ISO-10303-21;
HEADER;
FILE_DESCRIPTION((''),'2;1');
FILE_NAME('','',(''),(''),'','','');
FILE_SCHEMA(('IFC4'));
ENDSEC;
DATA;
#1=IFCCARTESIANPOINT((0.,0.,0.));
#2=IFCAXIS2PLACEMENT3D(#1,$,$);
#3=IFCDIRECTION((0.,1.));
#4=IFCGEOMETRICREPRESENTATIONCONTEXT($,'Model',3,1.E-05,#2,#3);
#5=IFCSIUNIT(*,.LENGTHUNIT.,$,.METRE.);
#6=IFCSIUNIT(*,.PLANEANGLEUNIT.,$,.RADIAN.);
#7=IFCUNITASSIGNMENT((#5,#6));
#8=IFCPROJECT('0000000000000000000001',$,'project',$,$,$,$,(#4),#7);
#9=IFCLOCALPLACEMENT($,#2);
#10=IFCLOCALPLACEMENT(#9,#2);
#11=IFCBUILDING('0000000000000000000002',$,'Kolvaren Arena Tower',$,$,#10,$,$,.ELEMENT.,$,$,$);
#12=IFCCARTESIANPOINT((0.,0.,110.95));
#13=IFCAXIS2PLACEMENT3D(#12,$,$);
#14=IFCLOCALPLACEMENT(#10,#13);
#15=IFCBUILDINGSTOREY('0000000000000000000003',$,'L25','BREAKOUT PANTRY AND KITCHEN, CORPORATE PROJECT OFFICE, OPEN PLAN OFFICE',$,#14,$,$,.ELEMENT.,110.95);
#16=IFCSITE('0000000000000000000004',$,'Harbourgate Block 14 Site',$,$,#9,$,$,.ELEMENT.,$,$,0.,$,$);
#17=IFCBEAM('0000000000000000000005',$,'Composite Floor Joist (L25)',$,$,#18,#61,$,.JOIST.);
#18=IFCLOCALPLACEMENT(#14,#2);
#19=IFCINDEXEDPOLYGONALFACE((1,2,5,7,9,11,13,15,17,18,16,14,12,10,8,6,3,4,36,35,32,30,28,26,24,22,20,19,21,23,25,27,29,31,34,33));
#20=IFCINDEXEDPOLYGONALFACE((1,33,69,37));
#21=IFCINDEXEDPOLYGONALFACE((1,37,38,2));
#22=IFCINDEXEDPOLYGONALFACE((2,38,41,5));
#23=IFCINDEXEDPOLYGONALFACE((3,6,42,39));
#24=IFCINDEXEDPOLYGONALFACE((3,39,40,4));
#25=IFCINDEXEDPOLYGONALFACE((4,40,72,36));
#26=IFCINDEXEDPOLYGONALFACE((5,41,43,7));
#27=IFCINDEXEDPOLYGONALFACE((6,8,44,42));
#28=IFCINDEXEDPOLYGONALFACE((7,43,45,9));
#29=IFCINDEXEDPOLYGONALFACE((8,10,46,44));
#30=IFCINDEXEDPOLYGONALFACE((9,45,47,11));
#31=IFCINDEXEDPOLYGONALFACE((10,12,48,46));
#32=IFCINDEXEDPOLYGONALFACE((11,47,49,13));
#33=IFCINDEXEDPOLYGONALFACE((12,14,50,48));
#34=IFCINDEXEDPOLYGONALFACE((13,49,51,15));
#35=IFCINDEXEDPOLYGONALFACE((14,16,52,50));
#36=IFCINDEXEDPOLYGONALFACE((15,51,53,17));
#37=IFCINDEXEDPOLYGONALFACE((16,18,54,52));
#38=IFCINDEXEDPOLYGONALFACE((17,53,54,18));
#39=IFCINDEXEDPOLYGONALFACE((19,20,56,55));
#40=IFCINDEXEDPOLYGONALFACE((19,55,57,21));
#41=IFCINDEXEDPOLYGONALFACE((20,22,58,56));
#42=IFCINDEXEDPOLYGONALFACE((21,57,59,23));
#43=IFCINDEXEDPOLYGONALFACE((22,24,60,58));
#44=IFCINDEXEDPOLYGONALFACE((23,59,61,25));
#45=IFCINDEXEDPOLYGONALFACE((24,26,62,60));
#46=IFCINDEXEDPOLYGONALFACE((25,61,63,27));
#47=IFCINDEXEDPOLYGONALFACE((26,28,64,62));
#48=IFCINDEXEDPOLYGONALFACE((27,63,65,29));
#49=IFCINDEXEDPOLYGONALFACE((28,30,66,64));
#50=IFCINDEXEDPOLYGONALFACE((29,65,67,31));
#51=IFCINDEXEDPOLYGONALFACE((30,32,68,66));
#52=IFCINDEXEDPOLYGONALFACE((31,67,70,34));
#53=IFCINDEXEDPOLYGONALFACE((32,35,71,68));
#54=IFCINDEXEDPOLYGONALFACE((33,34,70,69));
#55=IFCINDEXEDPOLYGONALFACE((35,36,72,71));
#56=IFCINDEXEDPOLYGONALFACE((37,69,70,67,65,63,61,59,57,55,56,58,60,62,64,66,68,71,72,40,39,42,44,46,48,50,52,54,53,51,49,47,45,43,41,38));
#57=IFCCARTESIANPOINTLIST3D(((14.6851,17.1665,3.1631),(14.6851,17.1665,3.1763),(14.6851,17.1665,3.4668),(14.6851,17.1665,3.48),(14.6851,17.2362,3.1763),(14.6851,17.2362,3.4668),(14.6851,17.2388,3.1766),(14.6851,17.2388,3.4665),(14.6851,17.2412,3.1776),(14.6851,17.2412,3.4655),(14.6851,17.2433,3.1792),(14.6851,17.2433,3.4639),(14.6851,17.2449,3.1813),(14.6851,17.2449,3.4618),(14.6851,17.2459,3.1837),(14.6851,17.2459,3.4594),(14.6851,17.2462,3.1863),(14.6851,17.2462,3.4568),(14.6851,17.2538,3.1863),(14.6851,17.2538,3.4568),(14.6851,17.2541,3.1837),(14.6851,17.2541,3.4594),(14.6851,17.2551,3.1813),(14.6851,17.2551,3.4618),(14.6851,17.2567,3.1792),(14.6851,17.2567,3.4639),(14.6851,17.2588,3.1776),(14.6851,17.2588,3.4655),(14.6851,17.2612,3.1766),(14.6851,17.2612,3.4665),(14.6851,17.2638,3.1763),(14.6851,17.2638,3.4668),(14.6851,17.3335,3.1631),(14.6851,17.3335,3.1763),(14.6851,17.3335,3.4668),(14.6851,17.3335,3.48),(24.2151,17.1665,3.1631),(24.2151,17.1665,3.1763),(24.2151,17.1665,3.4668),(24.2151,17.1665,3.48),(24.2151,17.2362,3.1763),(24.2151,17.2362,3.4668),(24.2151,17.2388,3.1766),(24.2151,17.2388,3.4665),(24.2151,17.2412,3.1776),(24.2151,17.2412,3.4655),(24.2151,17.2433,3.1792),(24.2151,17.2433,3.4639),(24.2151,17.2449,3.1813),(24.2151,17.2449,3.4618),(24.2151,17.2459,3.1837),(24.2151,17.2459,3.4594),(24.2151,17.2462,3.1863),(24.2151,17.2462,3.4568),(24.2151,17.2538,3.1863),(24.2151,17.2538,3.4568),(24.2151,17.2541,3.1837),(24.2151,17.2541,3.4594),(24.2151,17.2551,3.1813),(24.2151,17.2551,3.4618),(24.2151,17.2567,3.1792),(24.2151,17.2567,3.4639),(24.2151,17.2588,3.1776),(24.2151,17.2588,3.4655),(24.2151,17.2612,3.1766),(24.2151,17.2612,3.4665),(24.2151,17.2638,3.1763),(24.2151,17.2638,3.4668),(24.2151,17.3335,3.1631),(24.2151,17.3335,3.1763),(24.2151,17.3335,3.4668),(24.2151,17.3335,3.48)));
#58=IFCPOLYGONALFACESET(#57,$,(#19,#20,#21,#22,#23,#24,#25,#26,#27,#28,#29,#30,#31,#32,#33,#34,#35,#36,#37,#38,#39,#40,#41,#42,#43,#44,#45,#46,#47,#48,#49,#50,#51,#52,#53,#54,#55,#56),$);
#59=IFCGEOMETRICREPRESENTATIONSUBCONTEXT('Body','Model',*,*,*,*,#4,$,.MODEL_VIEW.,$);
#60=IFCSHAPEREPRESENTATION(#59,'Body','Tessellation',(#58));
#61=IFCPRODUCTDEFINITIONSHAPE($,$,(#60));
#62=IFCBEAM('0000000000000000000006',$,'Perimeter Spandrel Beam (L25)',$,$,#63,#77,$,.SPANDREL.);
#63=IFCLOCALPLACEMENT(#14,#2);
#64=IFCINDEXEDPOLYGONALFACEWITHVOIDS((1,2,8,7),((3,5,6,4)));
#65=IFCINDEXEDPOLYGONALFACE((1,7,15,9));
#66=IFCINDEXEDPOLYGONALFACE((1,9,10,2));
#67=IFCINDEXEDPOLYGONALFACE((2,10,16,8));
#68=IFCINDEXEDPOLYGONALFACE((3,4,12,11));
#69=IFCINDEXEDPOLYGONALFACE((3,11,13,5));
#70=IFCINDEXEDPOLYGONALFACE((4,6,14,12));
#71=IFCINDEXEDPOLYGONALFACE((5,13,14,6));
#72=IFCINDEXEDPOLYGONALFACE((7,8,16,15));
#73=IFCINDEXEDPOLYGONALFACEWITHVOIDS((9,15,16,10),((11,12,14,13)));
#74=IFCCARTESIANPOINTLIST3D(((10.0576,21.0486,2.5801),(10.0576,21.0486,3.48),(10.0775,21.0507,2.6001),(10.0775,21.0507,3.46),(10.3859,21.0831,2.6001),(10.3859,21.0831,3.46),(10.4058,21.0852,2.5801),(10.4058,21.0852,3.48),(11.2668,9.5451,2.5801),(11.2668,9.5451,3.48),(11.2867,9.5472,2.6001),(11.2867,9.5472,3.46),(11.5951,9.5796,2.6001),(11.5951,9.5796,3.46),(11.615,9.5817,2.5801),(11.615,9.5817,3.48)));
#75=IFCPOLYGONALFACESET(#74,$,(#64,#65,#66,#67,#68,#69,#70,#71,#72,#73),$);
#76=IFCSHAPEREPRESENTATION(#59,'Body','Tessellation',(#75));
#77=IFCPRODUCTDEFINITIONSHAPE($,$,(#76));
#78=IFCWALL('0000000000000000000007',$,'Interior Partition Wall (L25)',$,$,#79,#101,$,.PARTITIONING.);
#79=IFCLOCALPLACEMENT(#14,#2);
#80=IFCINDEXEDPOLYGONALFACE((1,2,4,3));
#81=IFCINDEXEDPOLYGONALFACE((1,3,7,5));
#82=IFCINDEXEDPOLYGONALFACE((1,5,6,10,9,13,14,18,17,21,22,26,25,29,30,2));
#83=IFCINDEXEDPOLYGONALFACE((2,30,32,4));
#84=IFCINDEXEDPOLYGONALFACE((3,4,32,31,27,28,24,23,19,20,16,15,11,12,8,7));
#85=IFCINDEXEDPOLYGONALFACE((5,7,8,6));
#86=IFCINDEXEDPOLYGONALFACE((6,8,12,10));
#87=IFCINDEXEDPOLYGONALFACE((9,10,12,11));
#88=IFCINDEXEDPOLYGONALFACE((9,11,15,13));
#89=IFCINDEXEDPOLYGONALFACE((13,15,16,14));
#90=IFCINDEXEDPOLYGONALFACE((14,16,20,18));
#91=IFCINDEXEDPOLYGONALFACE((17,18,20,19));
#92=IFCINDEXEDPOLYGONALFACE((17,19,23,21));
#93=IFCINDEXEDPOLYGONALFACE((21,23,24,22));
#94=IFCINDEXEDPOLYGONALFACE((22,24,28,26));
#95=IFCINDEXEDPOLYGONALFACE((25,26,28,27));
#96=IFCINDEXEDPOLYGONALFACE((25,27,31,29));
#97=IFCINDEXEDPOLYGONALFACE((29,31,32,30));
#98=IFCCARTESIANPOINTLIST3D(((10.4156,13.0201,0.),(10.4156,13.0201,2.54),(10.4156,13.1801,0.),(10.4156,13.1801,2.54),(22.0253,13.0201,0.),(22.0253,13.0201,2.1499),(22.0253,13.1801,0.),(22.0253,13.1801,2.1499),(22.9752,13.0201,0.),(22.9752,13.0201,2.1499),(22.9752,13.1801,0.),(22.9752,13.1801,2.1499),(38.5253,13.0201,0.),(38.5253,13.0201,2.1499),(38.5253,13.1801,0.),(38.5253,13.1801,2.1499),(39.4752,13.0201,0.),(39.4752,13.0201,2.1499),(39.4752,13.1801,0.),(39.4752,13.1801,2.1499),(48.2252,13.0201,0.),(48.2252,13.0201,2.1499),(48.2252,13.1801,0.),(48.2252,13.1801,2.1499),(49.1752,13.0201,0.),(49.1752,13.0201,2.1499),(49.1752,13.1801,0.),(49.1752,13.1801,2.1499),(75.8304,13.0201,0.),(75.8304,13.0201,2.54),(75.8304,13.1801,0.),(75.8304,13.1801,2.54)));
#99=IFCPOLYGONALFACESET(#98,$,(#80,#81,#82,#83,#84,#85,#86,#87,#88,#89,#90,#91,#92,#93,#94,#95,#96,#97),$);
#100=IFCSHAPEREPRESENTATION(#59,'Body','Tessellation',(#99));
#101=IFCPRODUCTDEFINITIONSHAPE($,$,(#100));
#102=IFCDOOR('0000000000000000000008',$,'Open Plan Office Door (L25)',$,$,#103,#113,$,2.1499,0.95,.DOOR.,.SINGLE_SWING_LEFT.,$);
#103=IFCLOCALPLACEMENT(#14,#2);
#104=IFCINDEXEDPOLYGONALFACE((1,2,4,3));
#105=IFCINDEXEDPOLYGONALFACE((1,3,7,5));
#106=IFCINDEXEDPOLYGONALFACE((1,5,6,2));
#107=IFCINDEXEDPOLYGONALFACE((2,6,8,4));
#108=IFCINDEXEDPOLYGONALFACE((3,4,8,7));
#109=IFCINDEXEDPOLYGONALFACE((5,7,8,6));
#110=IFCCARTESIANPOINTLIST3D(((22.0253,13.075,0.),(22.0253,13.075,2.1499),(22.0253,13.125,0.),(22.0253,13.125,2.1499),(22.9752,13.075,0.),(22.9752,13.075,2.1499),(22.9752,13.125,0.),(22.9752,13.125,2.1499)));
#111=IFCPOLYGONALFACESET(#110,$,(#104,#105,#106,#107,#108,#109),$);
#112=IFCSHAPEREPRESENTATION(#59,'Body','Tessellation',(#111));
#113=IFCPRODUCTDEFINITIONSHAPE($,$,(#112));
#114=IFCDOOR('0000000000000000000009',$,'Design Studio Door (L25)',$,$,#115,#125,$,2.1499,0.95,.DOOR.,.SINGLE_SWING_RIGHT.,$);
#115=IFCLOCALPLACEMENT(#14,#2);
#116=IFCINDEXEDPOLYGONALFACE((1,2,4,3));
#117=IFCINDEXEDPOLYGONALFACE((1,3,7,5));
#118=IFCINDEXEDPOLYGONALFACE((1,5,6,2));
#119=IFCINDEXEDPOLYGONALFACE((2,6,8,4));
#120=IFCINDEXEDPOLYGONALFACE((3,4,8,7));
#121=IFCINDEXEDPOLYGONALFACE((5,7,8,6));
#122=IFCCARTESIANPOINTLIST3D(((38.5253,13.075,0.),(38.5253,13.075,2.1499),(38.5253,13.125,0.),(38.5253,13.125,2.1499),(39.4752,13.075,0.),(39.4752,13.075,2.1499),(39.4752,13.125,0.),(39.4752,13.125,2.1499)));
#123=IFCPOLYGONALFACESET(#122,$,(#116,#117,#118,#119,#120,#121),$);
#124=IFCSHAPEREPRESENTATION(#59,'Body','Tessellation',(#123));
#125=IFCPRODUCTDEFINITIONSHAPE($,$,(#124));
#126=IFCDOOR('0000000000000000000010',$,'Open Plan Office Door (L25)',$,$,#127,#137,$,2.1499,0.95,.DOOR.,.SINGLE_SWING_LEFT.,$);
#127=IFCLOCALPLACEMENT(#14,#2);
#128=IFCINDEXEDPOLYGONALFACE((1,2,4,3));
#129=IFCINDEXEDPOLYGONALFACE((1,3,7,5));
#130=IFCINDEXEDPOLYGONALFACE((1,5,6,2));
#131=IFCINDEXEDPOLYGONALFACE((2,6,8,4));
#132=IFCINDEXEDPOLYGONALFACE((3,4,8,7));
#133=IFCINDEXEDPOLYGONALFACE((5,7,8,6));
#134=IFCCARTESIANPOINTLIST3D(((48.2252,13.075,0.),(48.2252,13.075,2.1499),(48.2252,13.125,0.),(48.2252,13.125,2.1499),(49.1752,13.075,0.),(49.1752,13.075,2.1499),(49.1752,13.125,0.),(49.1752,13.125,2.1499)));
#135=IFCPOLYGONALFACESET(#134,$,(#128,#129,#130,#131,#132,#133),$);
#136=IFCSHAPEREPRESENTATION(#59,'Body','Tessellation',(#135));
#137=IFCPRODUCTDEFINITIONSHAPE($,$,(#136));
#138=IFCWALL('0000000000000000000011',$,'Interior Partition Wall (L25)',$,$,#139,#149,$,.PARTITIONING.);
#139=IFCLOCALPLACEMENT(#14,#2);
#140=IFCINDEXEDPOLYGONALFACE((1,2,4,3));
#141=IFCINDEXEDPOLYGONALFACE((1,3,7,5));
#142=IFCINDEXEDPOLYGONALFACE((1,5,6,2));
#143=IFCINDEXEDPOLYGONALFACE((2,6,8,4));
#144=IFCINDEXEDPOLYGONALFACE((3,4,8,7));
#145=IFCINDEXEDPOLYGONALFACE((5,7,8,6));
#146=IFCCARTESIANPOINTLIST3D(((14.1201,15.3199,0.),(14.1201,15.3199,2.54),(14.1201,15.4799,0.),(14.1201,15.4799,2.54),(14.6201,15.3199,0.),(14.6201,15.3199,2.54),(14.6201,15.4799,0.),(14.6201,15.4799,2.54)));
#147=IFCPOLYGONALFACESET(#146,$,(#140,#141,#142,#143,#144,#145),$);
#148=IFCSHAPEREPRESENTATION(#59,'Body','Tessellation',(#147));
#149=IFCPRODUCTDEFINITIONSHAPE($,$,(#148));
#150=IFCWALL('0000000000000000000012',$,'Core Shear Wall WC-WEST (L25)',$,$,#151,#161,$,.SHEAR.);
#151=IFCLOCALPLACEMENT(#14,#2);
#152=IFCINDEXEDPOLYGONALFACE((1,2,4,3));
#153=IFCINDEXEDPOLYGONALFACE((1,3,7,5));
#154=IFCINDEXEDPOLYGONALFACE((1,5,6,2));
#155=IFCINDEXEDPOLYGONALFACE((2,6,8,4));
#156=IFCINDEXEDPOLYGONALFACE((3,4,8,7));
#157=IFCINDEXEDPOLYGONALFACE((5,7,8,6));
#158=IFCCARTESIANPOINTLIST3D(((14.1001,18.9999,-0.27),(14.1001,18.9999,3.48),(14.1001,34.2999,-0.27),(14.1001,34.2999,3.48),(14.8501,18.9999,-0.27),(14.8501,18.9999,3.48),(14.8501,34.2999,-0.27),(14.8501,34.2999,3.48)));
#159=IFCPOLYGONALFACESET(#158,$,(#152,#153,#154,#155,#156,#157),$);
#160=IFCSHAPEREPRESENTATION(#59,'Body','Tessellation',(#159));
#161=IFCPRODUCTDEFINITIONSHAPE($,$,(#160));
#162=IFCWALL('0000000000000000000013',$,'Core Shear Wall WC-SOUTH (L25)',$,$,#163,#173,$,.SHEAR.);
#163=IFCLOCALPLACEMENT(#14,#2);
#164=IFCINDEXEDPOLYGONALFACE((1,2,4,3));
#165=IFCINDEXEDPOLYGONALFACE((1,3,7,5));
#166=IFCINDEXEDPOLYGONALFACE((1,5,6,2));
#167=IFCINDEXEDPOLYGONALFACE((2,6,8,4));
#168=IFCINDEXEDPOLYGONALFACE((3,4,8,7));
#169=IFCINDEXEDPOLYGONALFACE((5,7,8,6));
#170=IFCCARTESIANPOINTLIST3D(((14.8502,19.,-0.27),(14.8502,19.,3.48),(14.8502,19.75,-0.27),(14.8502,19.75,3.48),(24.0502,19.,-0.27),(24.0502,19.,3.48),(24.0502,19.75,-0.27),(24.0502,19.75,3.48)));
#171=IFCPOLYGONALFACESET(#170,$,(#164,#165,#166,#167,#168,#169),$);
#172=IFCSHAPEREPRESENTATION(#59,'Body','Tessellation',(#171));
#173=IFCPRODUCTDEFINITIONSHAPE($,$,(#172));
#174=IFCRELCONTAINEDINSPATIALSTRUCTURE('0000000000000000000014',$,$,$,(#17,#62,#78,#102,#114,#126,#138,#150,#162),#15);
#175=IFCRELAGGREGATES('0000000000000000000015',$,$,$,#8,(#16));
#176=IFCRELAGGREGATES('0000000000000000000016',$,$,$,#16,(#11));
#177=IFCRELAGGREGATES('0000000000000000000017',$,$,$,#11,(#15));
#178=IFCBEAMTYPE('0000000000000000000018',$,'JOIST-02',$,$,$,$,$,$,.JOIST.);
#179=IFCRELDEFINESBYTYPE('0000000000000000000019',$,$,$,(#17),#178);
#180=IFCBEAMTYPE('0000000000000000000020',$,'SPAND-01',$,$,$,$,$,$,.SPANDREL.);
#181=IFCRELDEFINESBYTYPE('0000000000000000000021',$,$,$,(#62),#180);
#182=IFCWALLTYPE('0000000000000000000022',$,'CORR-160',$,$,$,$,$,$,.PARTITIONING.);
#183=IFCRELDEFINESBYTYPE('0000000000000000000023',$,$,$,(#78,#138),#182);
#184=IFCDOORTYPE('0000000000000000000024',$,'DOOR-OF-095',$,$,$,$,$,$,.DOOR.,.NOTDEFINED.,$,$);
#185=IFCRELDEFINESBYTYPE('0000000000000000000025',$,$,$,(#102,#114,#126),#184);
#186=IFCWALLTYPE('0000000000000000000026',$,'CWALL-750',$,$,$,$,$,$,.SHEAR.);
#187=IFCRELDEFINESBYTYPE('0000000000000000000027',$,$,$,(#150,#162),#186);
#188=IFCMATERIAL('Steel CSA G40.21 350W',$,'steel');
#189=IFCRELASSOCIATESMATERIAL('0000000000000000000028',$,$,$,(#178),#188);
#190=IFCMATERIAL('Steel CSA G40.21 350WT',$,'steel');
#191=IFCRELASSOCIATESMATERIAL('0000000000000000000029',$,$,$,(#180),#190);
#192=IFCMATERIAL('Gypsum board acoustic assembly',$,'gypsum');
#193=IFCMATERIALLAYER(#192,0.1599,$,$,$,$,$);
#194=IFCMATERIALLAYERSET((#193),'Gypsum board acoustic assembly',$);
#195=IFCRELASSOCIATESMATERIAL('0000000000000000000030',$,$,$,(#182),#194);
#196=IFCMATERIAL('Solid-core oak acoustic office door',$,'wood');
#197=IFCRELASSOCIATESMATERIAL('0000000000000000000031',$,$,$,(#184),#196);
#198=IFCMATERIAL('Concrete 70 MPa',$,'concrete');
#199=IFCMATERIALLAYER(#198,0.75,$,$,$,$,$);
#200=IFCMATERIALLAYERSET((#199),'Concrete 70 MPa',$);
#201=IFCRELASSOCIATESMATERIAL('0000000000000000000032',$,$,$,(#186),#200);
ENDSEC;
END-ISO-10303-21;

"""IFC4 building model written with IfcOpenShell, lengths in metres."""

from ifc_helpers import new_model, si_unit, direction, frame, frame_2d, origin, origin_2d, place, context, subcontext, project, spatial, rectangle, hollow_rectangle, i_section, extrude, material, layer, layer_set, material_profile, profile_set, type_object, element, fill, save


model = new_model("IFC4")

# Units and contexts
model_context = context("Model", 3, precision=1e-05, world=origin(), true_north=direction((0.0, 1.0)))
body_context = subcontext(model_context, "Body", "Model", "MODEL_VIEW")
ifc_project = project(units=[si_unit("LENGTHUNIT", "METRE"), si_unit("PLANEANGLEUNIT", "RADIAN")], contexts=[model_context])

# Site, building, storey
site_placement = place(None, origin())
site = spatial("IfcSite", under=ifc_project, at=site_placement, Name="Harbourgate Block 14 Site", CompositionType="ELEMENT", RefElevation=0.0)
building_placement = place(site_placement, origin())
building = spatial("IfcBuilding", under=site, at=building_placement, Name="Kolvaren Arena Tower", CompositionType="ELEMENT")
storey_placement = place(building_placement, frame((0.0, 0.0, 110.95)))
storey = spatial("IfcBuildingStorey", under=building, at=storey_placement, Name="L25", Description="BREAKOUT PANTRY AND KITCHEN, CORPORATE PROJECT OFFICE, OPEN PLAN OFFICE", CompositionType="ELEMENT", Elevation=110.95)

# Beams
ifc_material_1 = material(Name="Steel CSA G40.21 350W", Category="steel")
ifc_material_profile_1 = material_profile(ifc_material_1, i_section(OverallWidth=0.167, OverallDepth=0.3169, WebThickness=0.0076, FlangeThickness=0.0132, FilletRadius=0.01, at=origin_2d()), Name="W310x52")
ifc_profile_set_1 = profile_set([ifc_material_profile_1], Name="Steel CSA G40.21 350W")
beam_type_1 = type_object("IfcBeamType", Name="JOIST-02", PredefinedType="JOIST", material=ifc_profile_set_1)
beam_1_placement = place(storey_placement, frame((14.6851, 17.25, 3.3215), z_axis=(1.0, 0.0, 0.0), x_axis=(0.0, 1.0, 0.0)))
element("IfcBeam", 1, at=beam_1_placement, inside=storey, type_object=beam_type_1, Name="Composite Floor Joist (L25)", PredefinedType="JOIST", context=body_context, shape_type="SweptSolid", body=[
    extrude(i_section(OverallWidth=0.167, OverallDepth=0.3169, WebThickness=0.0076, FlangeThickness=0.0132, FilletRadius=0.01, at=origin_2d()), origin(), (0.0, 0.0, 1.0), 9.53),
])
ifc_material_2 = material(Name="Steel CSA G40.21 350WT", Category="steel")
ifc_material_profile_2 = material_profile(ifc_material_2, hollow_rectangle(XDim=0.3501, YDim=0.8999, WallThickness=0.02, at=origin_2d()), Name="HSS 900x350x20")
ifc_profile_set_2 = profile_set([ifc_material_profile_2], Name="Steel CSA G40.21 350WT")
beam_type_2 = type_object("IfcBeamType", Name="SPAND-01", PredefinedType="SPANDREL", material=ifc_profile_set_2)
beam_2_placement = place(storey_placement, frame((10.2317, 21.0669, 3.03), z_axis=(0.104543, -0.99452, 0.0), x_axis=(0.99452, 0.104543, 0.0)))
element("IfcBeam", 2, at=beam_2_placement, inside=storey, type_object=beam_type_2, Name="Perimeter Spandrel Beam (L25)", PredefinedType="SPANDREL", context=body_context, shape_type="SweptSolid", body=[
    extrude(hollow_rectangle(XDim=0.3501, YDim=0.8999, WallThickness=0.02, at=origin_2d()), origin(), (0.0, 0.0, 1.0), 11.5669),
])

# Wall, openings, doors
ifc_material_3 = material(Name="Gypsum board acoustic assembly", Category="gypsum")
ifc_layer_1 = layer(ifc_material_3, 0.1599)
ifc_layer_set_1 = layer_set([ifc_layer_1], Name="Gypsum board acoustic assembly")
wall_type_1 = type_object("IfcWallType", Name="CORR-160", PredefinedType="PARTITIONING", material=ifc_layer_set_1)
wall_1_placement = place(storey_placement, frame((10.4155, 13.1001, 0.0), z_axis=(0.0, 0.0, 1.0), x_axis=(1.0, 0.0, 0.0)))
wall_1 = element("IfcWall", 3, at=wall_1_placement, inside=storey, type_object=wall_type_1, Name="Interior Partition Wall (L25)", PredefinedType="PARTITIONING", context=body_context, shape_type="SweptSolid", body=[
    extrude(rectangle(XDim=65.4148, YDim=0.1599, at=frame_2d((32.7075, 0.0))), origin(), (0.0, 0.0, 1.0), 2.54),
])
opening_1_placement = place(wall_1_placement, frame((11.6096, 0.0, 0.0)))
opening_1 = element("IfcOpeningElement", 4, at=opening_1_placement, cuts=wall_1, PredefinedType="OPENING", context=body_context, shape_type="SweptSolid", body=[
    extrude(rectangle(XDim=0.95, YDim=2.1499, at=frame_2d((0.4751, 1.075))), frame((0.0, 0.0898, 0.0), z_axis=(0.0, -1.0, 0.0), x_axis=(1.0, 0.0, 0.0)), (0.0, 0.0, 1.0), 0.1799),
])
opening_2_placement = place(wall_1_placement, frame((28.1096, 0.0, 0.0)))
opening_2 = element("IfcOpeningElement", 5, at=opening_2_placement, cuts=wall_1, PredefinedType="OPENING", context=body_context, shape_type="SweptSolid", body=[
    extrude(rectangle(XDim=0.95, YDim=2.1499, at=frame_2d((0.4751, 1.075))), frame((0.0, 0.0898, 0.0), z_axis=(0.0, -1.0, 0.0), x_axis=(1.0, 0.0, 0.0)), (0.0, 0.0, 1.0), 0.1799),
])
opening_3_placement = place(wall_1_placement, frame((37.8096, 0.0, 0.0)))
opening_3 = element("IfcOpeningElement", 6, at=opening_3_placement, cuts=wall_1, PredefinedType="OPENING", context=body_context, shape_type="SweptSolid", body=[
    extrude(rectangle(XDim=0.95, YDim=2.1499, at=frame_2d((0.4751, 1.075))), frame((0.0, 0.0898, 0.0), z_axis=(0.0, -1.0, 0.0), x_axis=(1.0, 0.0, 0.0)), (0.0, 0.0, 1.0), 0.1799),
])
ifc_material_4 = material(Name="Solid-core oak acoustic office door", Category="wood")
door_type_1 = type_object("IfcDoorType", Name="DOOR-OF-095", OperationType="NOTDEFINED", PredefinedType="DOOR", material=ifc_material_4)
door_1_placement = place(opening_1_placement, origin())
door_1 = element("IfcDoor", 7, at=door_1_placement, inside=storey, type_object=door_type_1, Name="Open Plan Office Door (L25)", OperationType="SINGLE_SWING_LEFT", OverallHeight=2.1499, OverallWidth=0.95, PredefinedType="DOOR", context=body_context, shape_type="SweptSolid", body=[
    extrude(rectangle(XDim=0.95, YDim=2.1499, at=frame_2d((0.4751, 1.075))), frame((0.0, 0.0249, 0.0), z_axis=(0.0, -1.0, 0.0), x_axis=(1.0, 0.0, 0.0)), (0.0, 0.0, 1.0), 0.05),
])
fill(opening_1, door_1)
door_2_placement = place(opening_2_placement, origin())
door_2 = element("IfcDoor", 8, at=door_2_placement, inside=storey, type_object=door_type_1, Name="Design Studio Door (L25)", OperationType="SINGLE_SWING_RIGHT", OverallHeight=2.1499, OverallWidth=0.95, PredefinedType="DOOR", context=body_context, shape_type="SweptSolid", body=[
    extrude(rectangle(XDim=0.95, YDim=2.1499, at=frame_2d((0.4751, 1.075))), frame((0.0, 0.0249, 0.0), z_axis=(0.0, -1.0, 0.0), x_axis=(1.0, 0.0, 0.0)), (0.0, 0.0, 1.0), 0.05),
])
fill(opening_2, door_2)
door_3_placement = place(opening_3_placement, origin())
door_3 = element("IfcDoor", 9, at=door_3_placement, inside=storey, type_object=door_type_1, Name="Open Plan Office Door (L25)", OperationType="SINGLE_SWING_LEFT", OverallHeight=2.1499, OverallWidth=0.95, PredefinedType="DOOR", context=body_context, shape_type="SweptSolid", body=[
    extrude(rectangle(XDim=0.95, YDim=2.1499, at=frame_2d((0.4751, 1.075))), frame((0.0, 0.0249, 0.0), z_axis=(0.0, -1.0, 0.0), x_axis=(1.0, 0.0, 0.0)), (0.0, 0.0, 1.0), 0.05),
])
fill(opening_3, door_3)

# Walls
wall_2_placement = place(storey_placement, frame((14.1201, 15.3999, 0.0), z_axis=(0.0, 0.0, 1.0), x_axis=(1.0, 0.0, 0.0)))
element("IfcWall", 10, at=wall_2_placement, inside=storey, type_object=wall_type_1, Name="Interior Partition Wall (L25)", PredefinedType="PARTITIONING", context=body_context, shape_type="SweptSolid", body=[
    extrude(rectangle(XDim=0.5, YDim=0.1599, at=frame_2d((0.25, 0.0))), origin(), (0.0, 0.0, 1.0), 2.54),
])
ifc_material_5 = material(Name="Concrete 70 MPa", Category="concrete")
ifc_layer_2 = layer(ifc_material_5, 0.75)
ifc_layer_set_2 = layer_set([ifc_layer_2], Name="Concrete 70 MPa")
wall_type_2 = type_object("IfcWallType", Name="CWALL-750", PredefinedType="SHEAR", material=ifc_layer_set_2)
wall_3_placement = place(storey_placement, frame((14.4751, 19.0, -0.27), z_axis=(0.0, 0.0, 1.0), x_axis=(0.0, 1.0, 0.0)))
element("IfcWall", 11, at=wall_3_placement, inside=storey, type_object=wall_type_2, Name="Core Shear Wall WC-WEST (L25)", PredefinedType="SHEAR", context=body_context, shape_type="SweptSolid", body=[
    extrude(rectangle(XDim=15.3, YDim=0.75, at=frame_2d((7.6499, 0.0))), origin(), (0.0, 0.0, 1.0), 3.75),
])
wall_4_placement = place(storey_placement, frame((14.8501, 19.375, -0.27), z_axis=(0.0, 0.0, 1.0), x_axis=(1.0, 0.0, 0.0)))
element("IfcWall", 12, at=wall_4_placement, inside=storey, type_object=wall_type_2, Name="Core Shear Wall WC-SOUTH (L25)", PredefinedType="SHEAR", context=body_context, shape_type="SweptSolid", body=[
    extrude(rectangle(XDim=9.2, YDim=0.75, at=frame_2d((4.6001, 0.0))), origin(), (0.0, 0.0, 1.0), 3.75),
])

save(model, "model.ifc")
